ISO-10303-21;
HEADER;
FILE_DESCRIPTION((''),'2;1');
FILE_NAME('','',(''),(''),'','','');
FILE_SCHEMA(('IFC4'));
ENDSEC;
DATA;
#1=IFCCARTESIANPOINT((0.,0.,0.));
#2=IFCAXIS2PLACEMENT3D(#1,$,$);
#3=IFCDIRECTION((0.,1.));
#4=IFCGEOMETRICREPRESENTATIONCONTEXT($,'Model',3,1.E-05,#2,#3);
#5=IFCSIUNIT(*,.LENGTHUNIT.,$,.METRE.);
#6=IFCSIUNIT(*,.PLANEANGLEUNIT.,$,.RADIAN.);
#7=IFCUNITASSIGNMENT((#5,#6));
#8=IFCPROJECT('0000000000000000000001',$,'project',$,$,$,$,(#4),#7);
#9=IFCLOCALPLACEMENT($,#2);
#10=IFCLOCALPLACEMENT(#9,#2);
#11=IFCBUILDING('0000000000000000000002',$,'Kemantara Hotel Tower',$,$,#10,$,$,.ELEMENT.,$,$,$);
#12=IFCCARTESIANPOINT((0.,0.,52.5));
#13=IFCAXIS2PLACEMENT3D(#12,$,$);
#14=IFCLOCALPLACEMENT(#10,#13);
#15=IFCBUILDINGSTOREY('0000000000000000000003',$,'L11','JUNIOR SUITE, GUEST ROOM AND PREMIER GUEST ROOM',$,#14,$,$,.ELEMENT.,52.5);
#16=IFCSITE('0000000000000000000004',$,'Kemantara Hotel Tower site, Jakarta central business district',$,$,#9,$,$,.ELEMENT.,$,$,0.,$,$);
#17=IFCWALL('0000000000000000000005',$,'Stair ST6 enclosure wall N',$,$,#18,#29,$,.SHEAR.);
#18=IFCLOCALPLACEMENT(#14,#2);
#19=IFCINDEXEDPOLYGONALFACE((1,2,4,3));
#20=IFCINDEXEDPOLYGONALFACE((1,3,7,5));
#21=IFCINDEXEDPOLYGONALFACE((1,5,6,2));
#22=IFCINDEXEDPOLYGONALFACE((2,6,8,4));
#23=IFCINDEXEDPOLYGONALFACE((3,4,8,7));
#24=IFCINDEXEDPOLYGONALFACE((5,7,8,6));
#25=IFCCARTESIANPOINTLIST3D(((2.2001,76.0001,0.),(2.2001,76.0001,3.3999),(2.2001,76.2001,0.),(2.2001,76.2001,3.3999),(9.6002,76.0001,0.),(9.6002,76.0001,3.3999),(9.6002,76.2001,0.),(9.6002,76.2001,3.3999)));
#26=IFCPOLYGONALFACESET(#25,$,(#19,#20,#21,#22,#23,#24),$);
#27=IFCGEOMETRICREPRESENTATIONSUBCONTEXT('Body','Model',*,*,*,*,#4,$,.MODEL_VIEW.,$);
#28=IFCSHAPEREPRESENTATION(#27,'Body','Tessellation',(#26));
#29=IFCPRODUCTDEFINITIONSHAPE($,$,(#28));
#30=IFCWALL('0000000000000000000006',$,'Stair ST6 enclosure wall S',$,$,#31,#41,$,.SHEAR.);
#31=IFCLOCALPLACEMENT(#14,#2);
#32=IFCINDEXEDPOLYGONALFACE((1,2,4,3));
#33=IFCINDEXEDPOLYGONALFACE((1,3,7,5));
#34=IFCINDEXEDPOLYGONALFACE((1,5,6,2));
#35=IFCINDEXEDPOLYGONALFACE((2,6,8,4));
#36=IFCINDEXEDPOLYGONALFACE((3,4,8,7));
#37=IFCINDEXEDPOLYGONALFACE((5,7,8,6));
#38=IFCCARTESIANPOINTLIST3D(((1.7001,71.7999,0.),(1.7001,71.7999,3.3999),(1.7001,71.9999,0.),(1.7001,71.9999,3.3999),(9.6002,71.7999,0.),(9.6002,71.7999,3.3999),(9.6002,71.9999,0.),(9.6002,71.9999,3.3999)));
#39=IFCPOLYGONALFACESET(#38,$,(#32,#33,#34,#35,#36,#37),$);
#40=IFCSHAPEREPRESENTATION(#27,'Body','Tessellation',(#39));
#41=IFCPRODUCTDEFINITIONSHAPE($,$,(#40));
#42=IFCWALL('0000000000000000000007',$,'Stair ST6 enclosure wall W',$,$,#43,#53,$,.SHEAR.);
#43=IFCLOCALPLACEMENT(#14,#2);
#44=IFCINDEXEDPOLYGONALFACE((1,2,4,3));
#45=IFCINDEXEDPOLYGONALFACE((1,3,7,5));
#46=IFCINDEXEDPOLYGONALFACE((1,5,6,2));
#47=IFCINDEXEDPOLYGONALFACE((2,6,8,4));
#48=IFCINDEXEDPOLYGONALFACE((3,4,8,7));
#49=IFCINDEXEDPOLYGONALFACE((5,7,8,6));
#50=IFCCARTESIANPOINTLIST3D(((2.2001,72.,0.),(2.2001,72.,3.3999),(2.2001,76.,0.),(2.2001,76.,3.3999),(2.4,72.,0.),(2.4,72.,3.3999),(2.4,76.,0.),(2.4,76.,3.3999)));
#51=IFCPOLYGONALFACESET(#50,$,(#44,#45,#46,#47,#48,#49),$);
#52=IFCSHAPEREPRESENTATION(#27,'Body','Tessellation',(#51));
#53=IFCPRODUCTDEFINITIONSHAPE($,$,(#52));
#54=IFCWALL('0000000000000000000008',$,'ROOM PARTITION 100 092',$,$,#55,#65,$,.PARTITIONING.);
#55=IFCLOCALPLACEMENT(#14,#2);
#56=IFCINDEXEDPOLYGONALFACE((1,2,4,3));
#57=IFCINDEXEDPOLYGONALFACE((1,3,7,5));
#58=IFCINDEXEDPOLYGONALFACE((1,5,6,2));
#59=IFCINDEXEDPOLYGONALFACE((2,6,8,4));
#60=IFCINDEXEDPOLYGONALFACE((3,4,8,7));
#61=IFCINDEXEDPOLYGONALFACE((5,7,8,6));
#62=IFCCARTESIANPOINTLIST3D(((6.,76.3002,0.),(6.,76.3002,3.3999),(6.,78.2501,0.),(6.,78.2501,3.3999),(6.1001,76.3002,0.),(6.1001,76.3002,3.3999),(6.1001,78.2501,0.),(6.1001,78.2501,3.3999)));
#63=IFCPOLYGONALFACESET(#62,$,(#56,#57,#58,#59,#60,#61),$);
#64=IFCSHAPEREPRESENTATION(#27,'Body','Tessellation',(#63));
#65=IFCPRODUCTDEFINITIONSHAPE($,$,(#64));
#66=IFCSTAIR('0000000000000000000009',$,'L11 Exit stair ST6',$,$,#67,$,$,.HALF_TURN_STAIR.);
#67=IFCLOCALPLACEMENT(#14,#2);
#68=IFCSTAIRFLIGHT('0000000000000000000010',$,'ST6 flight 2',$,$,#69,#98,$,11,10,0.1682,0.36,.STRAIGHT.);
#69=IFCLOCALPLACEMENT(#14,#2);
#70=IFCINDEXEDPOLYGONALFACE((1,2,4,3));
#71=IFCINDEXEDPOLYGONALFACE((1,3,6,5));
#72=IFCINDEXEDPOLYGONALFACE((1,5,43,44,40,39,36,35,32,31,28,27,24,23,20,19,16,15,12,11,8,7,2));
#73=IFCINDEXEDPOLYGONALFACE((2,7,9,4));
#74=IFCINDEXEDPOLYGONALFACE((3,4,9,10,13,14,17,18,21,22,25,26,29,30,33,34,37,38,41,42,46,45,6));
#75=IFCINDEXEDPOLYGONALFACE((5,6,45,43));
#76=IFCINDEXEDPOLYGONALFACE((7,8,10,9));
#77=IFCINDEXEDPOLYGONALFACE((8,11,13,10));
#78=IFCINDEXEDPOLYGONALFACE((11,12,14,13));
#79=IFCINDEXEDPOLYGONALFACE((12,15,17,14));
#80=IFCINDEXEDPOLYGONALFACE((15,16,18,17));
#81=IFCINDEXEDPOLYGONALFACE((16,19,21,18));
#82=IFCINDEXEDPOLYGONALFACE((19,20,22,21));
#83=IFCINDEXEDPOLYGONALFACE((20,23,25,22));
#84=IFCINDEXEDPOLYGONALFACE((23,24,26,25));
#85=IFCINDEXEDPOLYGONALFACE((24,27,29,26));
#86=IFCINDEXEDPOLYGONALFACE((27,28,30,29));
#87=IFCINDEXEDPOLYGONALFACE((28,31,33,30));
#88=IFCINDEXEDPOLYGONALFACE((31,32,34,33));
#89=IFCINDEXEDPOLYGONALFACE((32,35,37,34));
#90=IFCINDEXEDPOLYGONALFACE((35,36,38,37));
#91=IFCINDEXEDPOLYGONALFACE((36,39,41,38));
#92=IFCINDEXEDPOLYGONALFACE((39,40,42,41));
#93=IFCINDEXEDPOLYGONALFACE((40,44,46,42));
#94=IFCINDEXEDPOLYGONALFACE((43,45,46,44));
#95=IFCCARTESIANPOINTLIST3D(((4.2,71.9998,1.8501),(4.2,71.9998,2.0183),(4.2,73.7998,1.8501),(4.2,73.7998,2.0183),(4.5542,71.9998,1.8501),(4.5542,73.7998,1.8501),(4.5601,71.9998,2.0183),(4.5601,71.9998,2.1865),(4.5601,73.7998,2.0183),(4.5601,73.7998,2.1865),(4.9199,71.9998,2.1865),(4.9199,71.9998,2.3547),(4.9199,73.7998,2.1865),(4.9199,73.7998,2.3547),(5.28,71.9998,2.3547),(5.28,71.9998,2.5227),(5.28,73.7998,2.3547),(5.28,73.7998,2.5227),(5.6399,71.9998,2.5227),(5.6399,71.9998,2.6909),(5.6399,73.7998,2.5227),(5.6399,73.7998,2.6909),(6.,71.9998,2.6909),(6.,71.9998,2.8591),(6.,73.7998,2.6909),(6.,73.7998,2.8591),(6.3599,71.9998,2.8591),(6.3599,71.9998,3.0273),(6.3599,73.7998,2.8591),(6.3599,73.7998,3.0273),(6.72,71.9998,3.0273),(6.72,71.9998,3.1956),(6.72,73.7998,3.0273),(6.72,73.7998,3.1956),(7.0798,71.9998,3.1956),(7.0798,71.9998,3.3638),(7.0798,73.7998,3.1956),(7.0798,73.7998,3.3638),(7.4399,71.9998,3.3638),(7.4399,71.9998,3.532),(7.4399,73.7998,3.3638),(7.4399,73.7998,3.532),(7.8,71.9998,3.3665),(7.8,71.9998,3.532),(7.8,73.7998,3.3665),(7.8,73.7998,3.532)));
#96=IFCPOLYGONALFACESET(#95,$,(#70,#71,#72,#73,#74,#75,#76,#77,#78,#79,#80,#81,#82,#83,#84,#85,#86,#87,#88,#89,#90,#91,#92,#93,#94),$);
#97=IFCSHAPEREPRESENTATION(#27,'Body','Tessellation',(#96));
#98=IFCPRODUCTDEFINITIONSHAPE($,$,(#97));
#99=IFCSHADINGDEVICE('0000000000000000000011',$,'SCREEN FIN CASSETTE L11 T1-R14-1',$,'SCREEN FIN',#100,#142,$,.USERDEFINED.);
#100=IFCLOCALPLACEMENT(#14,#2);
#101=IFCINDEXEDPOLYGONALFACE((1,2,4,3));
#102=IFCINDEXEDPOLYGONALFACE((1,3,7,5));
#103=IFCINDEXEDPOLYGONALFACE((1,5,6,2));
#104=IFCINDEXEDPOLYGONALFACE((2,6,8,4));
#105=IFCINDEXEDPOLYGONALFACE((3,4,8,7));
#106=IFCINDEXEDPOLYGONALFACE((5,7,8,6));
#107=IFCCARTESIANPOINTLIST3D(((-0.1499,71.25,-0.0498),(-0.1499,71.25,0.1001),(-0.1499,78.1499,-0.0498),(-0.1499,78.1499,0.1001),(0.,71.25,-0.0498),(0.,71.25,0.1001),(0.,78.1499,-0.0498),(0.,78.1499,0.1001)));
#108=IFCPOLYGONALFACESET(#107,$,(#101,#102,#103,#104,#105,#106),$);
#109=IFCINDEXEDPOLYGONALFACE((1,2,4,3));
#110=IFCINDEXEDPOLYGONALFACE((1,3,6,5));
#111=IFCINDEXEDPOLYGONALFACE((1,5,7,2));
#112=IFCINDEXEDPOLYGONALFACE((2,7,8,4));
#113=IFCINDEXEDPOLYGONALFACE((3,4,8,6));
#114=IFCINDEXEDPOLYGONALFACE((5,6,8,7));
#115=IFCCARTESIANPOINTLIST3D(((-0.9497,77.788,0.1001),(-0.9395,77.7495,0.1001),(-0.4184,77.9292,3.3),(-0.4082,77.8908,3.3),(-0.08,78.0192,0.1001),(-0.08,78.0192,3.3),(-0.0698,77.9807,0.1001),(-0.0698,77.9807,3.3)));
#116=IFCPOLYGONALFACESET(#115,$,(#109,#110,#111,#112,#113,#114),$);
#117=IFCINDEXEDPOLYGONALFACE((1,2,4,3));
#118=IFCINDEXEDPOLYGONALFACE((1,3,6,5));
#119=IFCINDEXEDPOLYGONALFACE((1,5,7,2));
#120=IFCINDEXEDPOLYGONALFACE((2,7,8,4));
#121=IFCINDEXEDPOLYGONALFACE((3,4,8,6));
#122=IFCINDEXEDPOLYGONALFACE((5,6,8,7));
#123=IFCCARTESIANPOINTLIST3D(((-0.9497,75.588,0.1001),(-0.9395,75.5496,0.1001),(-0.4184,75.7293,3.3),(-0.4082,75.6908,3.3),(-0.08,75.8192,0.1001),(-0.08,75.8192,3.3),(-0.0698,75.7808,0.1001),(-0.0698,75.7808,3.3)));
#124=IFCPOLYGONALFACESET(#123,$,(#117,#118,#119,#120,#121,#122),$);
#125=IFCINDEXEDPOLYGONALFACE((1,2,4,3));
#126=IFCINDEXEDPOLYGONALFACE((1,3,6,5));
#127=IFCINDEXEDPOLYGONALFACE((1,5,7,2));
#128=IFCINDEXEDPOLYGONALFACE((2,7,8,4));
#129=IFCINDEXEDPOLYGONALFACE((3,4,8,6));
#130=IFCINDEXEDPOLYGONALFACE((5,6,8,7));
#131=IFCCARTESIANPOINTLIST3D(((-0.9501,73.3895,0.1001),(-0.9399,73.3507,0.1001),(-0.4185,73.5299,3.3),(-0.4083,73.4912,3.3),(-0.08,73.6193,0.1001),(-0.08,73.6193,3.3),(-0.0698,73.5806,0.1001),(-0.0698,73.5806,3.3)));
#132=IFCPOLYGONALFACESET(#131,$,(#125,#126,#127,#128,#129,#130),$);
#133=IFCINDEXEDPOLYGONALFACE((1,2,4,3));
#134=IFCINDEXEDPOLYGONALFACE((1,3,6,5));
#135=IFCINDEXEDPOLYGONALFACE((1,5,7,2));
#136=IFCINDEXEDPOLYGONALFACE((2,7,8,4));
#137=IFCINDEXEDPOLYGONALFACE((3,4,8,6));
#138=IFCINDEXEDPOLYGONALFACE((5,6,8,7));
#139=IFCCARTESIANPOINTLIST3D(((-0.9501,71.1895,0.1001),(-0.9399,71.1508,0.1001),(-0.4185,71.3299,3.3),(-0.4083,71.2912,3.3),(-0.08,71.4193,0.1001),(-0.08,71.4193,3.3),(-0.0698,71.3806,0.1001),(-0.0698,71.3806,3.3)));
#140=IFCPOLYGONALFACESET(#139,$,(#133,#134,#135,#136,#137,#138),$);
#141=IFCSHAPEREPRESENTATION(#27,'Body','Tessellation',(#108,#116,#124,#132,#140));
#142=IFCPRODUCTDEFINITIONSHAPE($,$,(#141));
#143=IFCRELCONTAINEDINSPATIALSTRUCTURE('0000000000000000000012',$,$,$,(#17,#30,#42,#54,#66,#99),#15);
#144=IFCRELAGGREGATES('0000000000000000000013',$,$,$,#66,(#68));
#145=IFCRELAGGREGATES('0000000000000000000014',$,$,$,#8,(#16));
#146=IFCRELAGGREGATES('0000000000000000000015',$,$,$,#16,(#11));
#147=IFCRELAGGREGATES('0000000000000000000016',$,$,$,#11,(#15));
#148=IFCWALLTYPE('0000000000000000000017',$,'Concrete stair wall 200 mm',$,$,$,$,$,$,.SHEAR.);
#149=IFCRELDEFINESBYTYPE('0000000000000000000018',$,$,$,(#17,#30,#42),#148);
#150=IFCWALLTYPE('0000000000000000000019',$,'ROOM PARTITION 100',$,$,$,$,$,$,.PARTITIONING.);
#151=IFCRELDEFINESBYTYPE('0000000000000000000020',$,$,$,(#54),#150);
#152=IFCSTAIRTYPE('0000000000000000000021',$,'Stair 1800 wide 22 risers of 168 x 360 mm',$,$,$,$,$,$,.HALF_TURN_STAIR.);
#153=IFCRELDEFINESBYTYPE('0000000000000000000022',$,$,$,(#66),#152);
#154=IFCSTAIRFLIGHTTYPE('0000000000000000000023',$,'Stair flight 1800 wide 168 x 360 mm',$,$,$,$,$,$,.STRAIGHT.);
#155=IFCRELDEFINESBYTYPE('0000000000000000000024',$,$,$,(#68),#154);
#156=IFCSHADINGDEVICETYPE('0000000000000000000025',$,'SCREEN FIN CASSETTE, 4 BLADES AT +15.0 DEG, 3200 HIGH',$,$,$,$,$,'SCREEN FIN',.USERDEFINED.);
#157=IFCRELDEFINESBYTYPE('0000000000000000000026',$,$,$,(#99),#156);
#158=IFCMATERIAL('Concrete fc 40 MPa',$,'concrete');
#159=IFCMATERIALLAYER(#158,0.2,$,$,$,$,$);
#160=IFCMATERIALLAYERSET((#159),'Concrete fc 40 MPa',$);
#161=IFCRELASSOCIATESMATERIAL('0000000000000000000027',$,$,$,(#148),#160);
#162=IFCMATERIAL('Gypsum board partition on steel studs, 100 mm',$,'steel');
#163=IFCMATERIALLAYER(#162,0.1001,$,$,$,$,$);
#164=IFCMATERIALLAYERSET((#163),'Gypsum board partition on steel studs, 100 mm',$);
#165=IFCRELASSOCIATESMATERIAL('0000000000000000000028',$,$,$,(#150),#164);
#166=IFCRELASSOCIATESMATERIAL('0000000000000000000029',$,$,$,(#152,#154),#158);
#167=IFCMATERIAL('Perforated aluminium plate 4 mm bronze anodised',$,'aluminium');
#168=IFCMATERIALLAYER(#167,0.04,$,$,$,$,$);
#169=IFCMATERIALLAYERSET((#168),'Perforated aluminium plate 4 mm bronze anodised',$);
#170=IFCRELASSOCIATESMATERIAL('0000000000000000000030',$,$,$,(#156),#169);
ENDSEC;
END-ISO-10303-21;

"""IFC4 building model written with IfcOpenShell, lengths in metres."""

from ifc_helpers import new_model, si_unit, direction, frame, frame_2d, origin, origin_2d, place, context, subcontext, project, spatial, polyline, rectangle, outline, extrude, source, transform, mapped, material, layer, layer_set, type_object, element, aggregate, save


model = new_model("IFC4")

# Units and contexts
model_context = context("Model", 3, precision=1e-05, world=origin(), true_north=direction((0.0, 1.0)))
body_context = subcontext(model_context, "Body", "Model", "MODEL_VIEW")
ifc_project = project(units=[si_unit("LENGTHUNIT", "METRE"), si_unit("PLANEANGLEUNIT", "RADIAN")], contexts=[model_context])

# Site, building, storey
site_placement = place(None, origin())
site = spatial("IfcSite", under=ifc_project, at=site_placement, Name="Kemantara Hotel Tower site, Jakarta central business district", CompositionType="ELEMENT", RefElevation=0.0)
building_placement = place(site_placement, origin())
building = spatial("IfcBuilding", under=site, at=building_placement, Name="Kemantara Hotel Tower", CompositionType="ELEMENT")
storey_placement = place(building_placement, frame((0.0, 0.0, 52.5)))
storey = spatial("IfcBuildingStorey", under=building, at=storey_placement, Name="L11", Description="JUNIOR SUITE, GUEST ROOM AND PREMIER GUEST ROOM", CompositionType="ELEMENT", Elevation=52.5)

# Walls
ifc_material_1 = material(Name="Concrete fc 40 MPa", Category="concrete")
ifc_layer_1 = layer(ifc_material_1, 0.2)
ifc_layer_set_1 = layer_set([ifc_layer_1], Name="Concrete fc 40 MPa")
wall_type_1 = type_object("IfcWallType", Name="Concrete stair wall 200 mm", PredefinedType="SHEAR", material=ifc_layer_set_1)
wall_1_placement = place(storey_placement, frame((2.2, 76.1001, 0.0), z_axis=(0.0, 0.0, 1.0), x_axis=(1.0, 0.0, 0.0)))
element("IfcWall", 1, at=wall_1_placement, inside=storey, type_object=wall_type_1, Name="Stair ST6 enclosure wall N", PredefinedType="SHEAR", context=body_context, shape_type="SweptSolid", body=[
    extrude(rectangle(XDim=7.4001, YDim=0.2, at=frame_2d((3.7002, 0.0))), origin(), (0.0, 0.0, 1.0), 3.3999),
])
wall_2_placement = place(storey_placement, frame((1.7, 71.8999, 0.0), z_axis=(0.0, 0.0, 1.0), x_axis=(1.0, 0.0, 0.0)))
element("IfcWall", 2, at=wall_2_placement, inside=storey, type_object=wall_type_1, Name="Stair ST6 enclosure wall S", PredefinedType="SHEAR", context=body_context, shape_type="SweptSolid", body=[
    extrude(rectangle(XDim=7.9001, YDim=0.2, at=frame_2d((3.9502, 0.0))), origin(), (0.0, 0.0, 1.0), 3.3999),
])
wall_3_placement = place(storey_placement, frame((2.3, 72.0, 0.0), z_axis=(0.0, 0.0, 1.0), x_axis=(0.0, 1.0, 0.0)))
element("IfcWall", 3, at=wall_3_placement, inside=storey, type_object=wall_type_1, Name="Stair ST6 enclosure wall W", PredefinedType="SHEAR", context=body_context, shape_type="SweptSolid", body=[
    extrude(rectangle(XDim=4.0, YDim=0.2, at=frame_2d((2.0, 0.0))), origin(), (0.0, 0.0, 1.0), 3.3999),
])
ifc_material_2 = material(Name="Gypsum board partition on steel studs, 100 mm", Category="steel")
ifc_layer_2 = layer(ifc_material_2, 0.1001)
ifc_layer_set_2 = layer_set([ifc_layer_2], Name="Gypsum board partition on steel studs, 100 mm")
wall_type_2 = type_object("IfcWallType", Name="ROOM PARTITION 100", PredefinedType="PARTITIONING", material=ifc_layer_set_2)
wall_4_placement = place(storey_placement, frame((6.05, 76.3, 0.0), z_axis=(0.0, 0.0, 1.0), x_axis=(0.0, 1.0, 0.0)))
element("IfcWall", 4, at=wall_4_placement, inside=storey, type_object=wall_type_2, Name="ROOM PARTITION 100 092", PredefinedType="PARTITIONING", context=body_context, shape_type="SweptSolid", body=[
    extrude(rectangle(XDim=1.95, YDim=0.1001, at=frame_2d((0.9751, 0.0))), origin(), (0.0, 0.0, 1.0), 3.3999),
])

# Stair, stair flight
stair_type = type_object("IfcStairType", Name="Stair 1800 wide 22 risers of 168 x 360 mm", PredefinedType="HALF_TURN_STAIR", material=ifc_material_1)
stair_placement = place(storey_placement, origin())
stair = element("IfcStair", 5, at=stair_placement, inside=storey, type_object=stair_type, Name="L11 Exit stair ST6", PredefinedType="HALF_TURN_STAIR")
stair_flight_type = type_object("IfcStairFlightType", Name="Stair flight 1800 wide 168 x 360 mm", PredefinedType="STRAIGHT", material=ifc_material_1)
stair_flight_placement = place(storey_placement, frame((4.2, 72.8999, 1.8501), z_axis=(0.0, 0.0, 1.0), x_axis=(1.0, 0.0, 0.0)))
stair_flight = element("IfcStairFlight", 6, at=stair_flight_placement, type_object=stair_flight_type, Name="ST6 flight 2", NumberOfRisers=11, NumberOfTreads=10, PredefinedType="STRAIGHT", RiserHeight=0.1682, TreadLength=0.36, context=body_context, shape_type="SweptSolid", body=[
    extrude(outline(polyline([(0.0, 0.0), (0.0, 0.1682), (0.3601, 0.1682), (0.3601, 0.3364), (0.72, 0.3364), (0.72, 0.5046), (1.0801, 0.5046), (1.0801, 0.6726), (1.4399, 0.6726), (1.4399, 0.8408), (1.8, 0.8408), (1.8, 1.009), (2.1599, 1.009), (2.1599, 1.1772), (2.52, 1.1772), (2.52, 1.3455), (2.8799, 1.3455), (2.8799, 1.5137), (3.24, 1.5137), (3.24, 1.6819), (3.6001, 1.6819), (3.6001, 1.8501), (3.6001, 1.5164), (0.3542, 0.0), (0.0, 0.0)])), frame((0.0, 0.8999, 0.0), z_axis=(0.0, -1.0, 0.0), x_axis=(1.0, 0.0, 0.0)), (0.0, 0.0, 1.0), 1.8),
])
aggregate(stair, [stair_flight])

# Shading device
ifc_material_3 = material(Name="Perforated aluminium plate 4 mm bronze anodised", Category="aluminium")
ifc_layer_3 = layer(ifc_material_3, 0.04)
ifc_layer_set_3 = layer_set([ifc_layer_3], Name="Perforated aluminium plate 4 mm bronze anodised")
shading_device_type = type_object("IfcShadingDeviceType", Name="SCREEN FIN CASSETTE, 4 BLADES AT +15.0 DEG, 3200 HIGH", ElementType="SCREEN FIN", PredefinedType="USERDEFINED", material=ifc_layer_set_3)
shared_shape = source(origin(), body_context, "Body", "SweptSolid", [
    extrude(rectangle(XDim=6.8999, YDim=0.1499, at=origin_2d()), frame((3.3, -0.075, -0.1499), z_axis=(0.0, 0.0, 1.0), x_axis=(1.0, 0.0, 0.0)), (0.0, 0.0, 1.0), 0.1499),
    extrude(outline(polyline([(0.0, 0.0), (0.8999, 0.0), (0.3501, 3.2), (0.0, 3.2), (0.0, 0.0)])), frame((0.0193, -0.0698, 0.0), z_axis=(-0.966438, -0.256901, 0.0), x_axis=(0.256901, -0.966438, 0.0)), (0.0, 0.0, 1.0), 0.0398),
    extrude(outline(polyline([(0.0, 0.0), (0.8999, 0.0), (0.3501, 3.2), (0.0, 3.2), (0.0, 0.0)])), frame((2.2192, -0.0698, 0.0), z_axis=(-0.966438, -0.256901, 0.0), x_axis=(0.256901, -0.966438, 0.0)), (0.0, 0.0, 1.0), 0.0398),
    extrude(outline(polyline([(0.0, 0.0), (0.8999, 0.0), (0.3501, 3.2), (0.0, 3.2), (0.0, 0.0)])), frame((4.4194, -0.0698, 0.0), z_axis=(-0.966838, -0.255391, 0.0), x_axis=(0.255391, -0.966838, 0.0)), (0.0, 0.0, 1.0), 0.04),
    extrude(outline(polyline([(0.0, 0.0), (0.8999, 0.0), (0.3501, 3.2), (0.0, 3.2), (0.0, 0.0)])), frame((6.6194, -0.0698, 0.0), z_axis=(-0.966838, -0.255391, 0.0), x_axis=(0.255391, -0.966838, 0.0)), (0.0, 0.0, 1.0), 0.04),
])
shading_device_placement = place(storey_placement, frame((0.0, 78.0, 0.1001), z_axis=(0.0, 0.0, 1.0), x_axis=(0.0, -1.0, 0.0)))
element("IfcShadingDevice", 7, at=shading_device_placement, inside=storey, type_object=shading_device_type, Name="SCREEN FIN CASSETTE L11 T1-R14-1", ObjectType="SCREEN FIN", PredefinedType="USERDEFINED", context=body_context, shape_type="MappedRepresentation", body=[
    mapped(shared_shape, transform((0.0, 0.0, 0.0))),
])

save(model, "model.ifc")
